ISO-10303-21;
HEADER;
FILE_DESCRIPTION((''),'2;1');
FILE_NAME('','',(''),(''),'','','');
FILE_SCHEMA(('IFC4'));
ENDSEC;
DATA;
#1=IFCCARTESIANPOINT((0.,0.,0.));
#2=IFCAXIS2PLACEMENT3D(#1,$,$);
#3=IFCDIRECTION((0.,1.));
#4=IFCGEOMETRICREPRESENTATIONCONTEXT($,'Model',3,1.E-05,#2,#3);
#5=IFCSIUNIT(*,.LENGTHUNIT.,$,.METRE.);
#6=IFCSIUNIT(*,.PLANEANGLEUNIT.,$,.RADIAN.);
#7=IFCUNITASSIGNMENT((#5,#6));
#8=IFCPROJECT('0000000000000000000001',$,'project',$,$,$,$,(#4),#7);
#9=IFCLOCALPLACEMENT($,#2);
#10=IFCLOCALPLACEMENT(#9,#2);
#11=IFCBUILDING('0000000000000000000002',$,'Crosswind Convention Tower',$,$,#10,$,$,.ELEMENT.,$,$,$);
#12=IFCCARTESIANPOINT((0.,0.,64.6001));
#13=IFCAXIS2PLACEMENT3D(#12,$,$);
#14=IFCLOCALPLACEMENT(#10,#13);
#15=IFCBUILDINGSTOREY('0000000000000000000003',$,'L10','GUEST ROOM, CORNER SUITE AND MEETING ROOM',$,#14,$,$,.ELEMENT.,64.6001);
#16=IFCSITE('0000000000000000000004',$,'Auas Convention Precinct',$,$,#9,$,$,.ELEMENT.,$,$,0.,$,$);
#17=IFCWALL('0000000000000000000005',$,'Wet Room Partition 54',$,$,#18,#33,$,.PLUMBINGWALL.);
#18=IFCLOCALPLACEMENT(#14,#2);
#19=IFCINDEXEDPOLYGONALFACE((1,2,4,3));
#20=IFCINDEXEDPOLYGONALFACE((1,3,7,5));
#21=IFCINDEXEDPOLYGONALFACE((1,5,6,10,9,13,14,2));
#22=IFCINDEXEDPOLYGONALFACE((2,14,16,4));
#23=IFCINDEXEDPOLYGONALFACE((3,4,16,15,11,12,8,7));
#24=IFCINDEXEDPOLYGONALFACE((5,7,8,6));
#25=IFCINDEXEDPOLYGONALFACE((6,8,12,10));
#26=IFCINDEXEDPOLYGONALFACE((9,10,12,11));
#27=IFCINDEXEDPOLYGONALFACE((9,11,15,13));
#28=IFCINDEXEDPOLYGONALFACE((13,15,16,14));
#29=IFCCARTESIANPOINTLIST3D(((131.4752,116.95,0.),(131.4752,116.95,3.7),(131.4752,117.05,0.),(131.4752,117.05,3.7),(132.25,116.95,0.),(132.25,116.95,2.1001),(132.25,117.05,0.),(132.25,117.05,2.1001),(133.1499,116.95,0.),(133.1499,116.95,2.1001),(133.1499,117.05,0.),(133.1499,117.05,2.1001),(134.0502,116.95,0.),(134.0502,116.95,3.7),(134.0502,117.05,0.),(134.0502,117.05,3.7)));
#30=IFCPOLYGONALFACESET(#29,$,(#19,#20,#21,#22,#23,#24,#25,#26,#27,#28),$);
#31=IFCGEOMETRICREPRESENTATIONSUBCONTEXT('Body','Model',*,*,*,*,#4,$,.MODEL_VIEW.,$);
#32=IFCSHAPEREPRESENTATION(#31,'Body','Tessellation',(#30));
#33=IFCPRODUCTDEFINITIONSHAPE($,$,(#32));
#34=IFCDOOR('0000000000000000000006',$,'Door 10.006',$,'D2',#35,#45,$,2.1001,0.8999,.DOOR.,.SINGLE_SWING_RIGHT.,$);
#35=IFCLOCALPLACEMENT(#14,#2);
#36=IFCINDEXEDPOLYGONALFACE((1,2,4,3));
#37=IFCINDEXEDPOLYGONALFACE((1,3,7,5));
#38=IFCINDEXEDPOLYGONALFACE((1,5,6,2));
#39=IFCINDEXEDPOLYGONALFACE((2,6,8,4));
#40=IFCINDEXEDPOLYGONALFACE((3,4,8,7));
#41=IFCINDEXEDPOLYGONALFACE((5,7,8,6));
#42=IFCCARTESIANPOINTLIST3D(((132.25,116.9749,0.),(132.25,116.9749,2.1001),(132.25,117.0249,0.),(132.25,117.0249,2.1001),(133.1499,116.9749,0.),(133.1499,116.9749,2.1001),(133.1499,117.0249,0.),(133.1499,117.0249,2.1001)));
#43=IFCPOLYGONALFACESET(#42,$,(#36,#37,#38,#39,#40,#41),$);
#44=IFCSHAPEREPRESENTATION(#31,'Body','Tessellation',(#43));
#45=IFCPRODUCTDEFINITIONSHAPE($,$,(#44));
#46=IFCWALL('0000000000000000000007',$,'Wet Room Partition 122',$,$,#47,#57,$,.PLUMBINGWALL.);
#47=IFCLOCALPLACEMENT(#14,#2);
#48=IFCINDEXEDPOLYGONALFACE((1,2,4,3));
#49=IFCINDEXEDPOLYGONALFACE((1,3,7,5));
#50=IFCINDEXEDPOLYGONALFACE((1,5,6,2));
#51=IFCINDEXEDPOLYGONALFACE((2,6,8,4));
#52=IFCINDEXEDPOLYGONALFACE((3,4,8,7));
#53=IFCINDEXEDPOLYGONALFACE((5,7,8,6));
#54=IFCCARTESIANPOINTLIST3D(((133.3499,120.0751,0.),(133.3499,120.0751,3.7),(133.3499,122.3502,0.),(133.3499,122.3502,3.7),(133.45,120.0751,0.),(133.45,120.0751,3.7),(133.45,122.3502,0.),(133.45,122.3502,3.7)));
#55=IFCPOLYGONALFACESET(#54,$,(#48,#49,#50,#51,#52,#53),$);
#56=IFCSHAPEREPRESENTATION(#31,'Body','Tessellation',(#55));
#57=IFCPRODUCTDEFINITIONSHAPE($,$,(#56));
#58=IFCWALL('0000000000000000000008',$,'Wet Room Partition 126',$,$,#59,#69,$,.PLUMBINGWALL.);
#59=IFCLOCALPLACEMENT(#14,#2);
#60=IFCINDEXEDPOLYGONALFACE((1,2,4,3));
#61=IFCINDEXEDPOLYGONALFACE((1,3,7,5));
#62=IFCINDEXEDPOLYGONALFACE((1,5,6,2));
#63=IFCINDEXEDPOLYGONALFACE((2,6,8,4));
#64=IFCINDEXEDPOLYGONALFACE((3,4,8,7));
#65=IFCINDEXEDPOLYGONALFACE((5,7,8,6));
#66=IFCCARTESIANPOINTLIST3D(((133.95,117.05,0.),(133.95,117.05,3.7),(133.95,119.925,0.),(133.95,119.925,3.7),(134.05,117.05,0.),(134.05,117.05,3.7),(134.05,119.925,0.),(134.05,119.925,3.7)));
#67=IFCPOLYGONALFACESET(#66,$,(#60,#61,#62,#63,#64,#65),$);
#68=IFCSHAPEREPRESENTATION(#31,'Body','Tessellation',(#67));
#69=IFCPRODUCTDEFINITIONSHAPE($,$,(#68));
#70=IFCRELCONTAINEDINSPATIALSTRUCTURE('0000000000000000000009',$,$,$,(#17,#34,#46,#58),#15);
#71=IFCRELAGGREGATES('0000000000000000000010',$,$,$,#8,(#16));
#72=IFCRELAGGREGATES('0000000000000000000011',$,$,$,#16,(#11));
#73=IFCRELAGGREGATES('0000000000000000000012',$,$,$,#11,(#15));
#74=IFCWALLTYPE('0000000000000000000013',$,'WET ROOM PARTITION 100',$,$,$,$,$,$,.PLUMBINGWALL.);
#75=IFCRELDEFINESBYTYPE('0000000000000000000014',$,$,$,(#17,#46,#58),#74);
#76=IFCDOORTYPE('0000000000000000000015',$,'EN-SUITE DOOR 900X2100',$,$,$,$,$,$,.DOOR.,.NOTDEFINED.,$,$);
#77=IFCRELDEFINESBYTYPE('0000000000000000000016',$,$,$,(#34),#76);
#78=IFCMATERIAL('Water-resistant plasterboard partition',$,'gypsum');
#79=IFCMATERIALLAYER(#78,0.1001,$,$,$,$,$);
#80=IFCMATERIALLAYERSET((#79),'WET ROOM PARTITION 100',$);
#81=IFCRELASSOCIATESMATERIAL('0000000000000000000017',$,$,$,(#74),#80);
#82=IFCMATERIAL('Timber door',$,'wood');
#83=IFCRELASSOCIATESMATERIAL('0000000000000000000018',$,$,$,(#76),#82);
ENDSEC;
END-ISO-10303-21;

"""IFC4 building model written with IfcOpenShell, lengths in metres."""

from ifc_helpers import new_model, si_unit, direction, frame, frame_2d, origin, place, context, subcontext, project, spatial, rectangle, extrude, material, layer, layer_set, type_object, element, fill, save


model = new_model("IFC4")

# Units and contexts
model_context = context("Model", 3, precision=1e-05, world=origin(), true_north=direction((0.0, 1.0)))
body_context = subcontext(model_context, "Body", "Model", "MODEL_VIEW")
ifc_project = project(units=[si_unit("LENGTHUNIT", "METRE"), si_unit("PLANEANGLEUNIT", "RADIAN")], contexts=[model_context])

# Site, building, storey
site_placement = place(None, origin())
site = spatial("IfcSite", under=ifc_project, at=site_placement, Name="Auas Convention Precinct", CompositionType="ELEMENT", RefElevation=0.0)
building_placement = place(site_placement, origin())
building = spatial("IfcBuilding", under=site, at=building_placement, Name="Crosswind Convention Tower", CompositionType="ELEMENT")
storey_placement = place(building_placement, frame((0.0, 0.0, 64.6001)))
storey = spatial("IfcBuildingStorey", under=building, at=storey_placement, Name="L10", Description="GUEST ROOM, CORNER SUITE AND MEETING ROOM", CompositionType="ELEMENT", Elevation=64.6001)

# Wall, opening, door
ifc_material_1 = material(Name="Water-resistant plasterboard partition", Category="gypsum")
ifc_layer_1 = layer(ifc_material_1, 0.1001)
ifc_layer_set_1 = layer_set([ifc_layer_1], Name="WET ROOM PARTITION 100")
wall_type_1 = type_object("IfcWallType", Name="WET ROOM PARTITION 100", PredefinedType="PLUMBINGWALL", material=ifc_layer_set_1)
wall_1_placement = place(storey_placement, frame((131.4751, 117.0, 0.0), z_axis=(0.0, 0.0, 1.0), x_axis=(1.0, 0.0, 0.0)))
wall_1 = element("IfcWall", 1, at=wall_1_placement, inside=storey, type_object=wall_type_1, Name="Wet Room Partition 54", PredefinedType="PLUMBINGWALL", context=body_context, shape_type="SweptSolid", body=[
    extrude(rectangle(XDim=2.575, YDim=0.1001, at=frame_2d((1.2876, 0.0))), origin(), (0.0, 0.0, 1.0), 3.7),
])
opening_1_placement = place(wall_1_placement, frame((0.7749, 0.0, 0.0)))
opening_1 = element("IfcOpeningElement", 2, at=opening_1_placement, cuts=wall_1, PredefinedType="OPENING", context=body_context, shape_type="SweptSolid", body=[
    extrude(rectangle(XDim=0.8999, YDim=2.1001, at=frame_2d((0.45, 1.05))), frame((0.0, 0.0601, 0.0), z_axis=(0.0, -1.0, 0.0), x_axis=(1.0, 0.0, 0.0)), (0.0, 0.0, 1.0), 0.1201),
])
ifc_material_2 = material(Name="Timber door", Category="wood")
door_type_1 = type_object("IfcDoorType", Name="EN-SUITE DOOR 900X2100", OperationType="NOTDEFINED", PredefinedType="DOOR", material=ifc_material_2)
door_1_placement = place(opening_1_placement, origin())
door_1 = element("IfcDoor", 3, at=door_1_placement, inside=storey, type_object=door_type_1, Name="Door 10.006", ObjectType="D2", OperationType="SINGLE_SWING_RIGHT", OverallHeight=2.1001, OverallWidth=0.8999, PredefinedType="DOOR", context=body_context, shape_type="SweptSolid", body=[
    extrude(rectangle(XDim=0.8999, YDim=2.1001, at=frame_2d((0.45, 1.05))), frame((0.0, 0.0249, 0.0), z_axis=(0.0, -1.0, 0.0), x_axis=(1.0, 0.0, 0.0)), (0.0, 0.0, 1.0), 0.05),
])
fill(opening_1, door_1)

# Walls
wall_2_placement = place(storey_placement, frame((133.3999, 120.075, 0.0), z_axis=(0.0, 0.0, 1.0), x_axis=(0.0, 1.0, 0.0)))
element("IfcWall", 4, at=wall_2_placement, inside=storey, type_object=wall_type_1, Name="Wet Room Partition 122", PredefinedType="PLUMBINGWALL", context=body_context, shape_type="SweptSolid", body=[
    extrude(rectangle(XDim=2.2751, YDim=0.1001, at=frame_2d((1.1377, 0.0))), origin(), (0.0, 0.0, 1.0), 3.7),
])
wall_3_placement = place(storey_placement, frame((134.0, 117.05, 0.0), z_axis=(0.0, 0.0, 1.0), x_axis=(0.0, 1.0, 0.0)))
element("IfcWall", 5, at=wall_3_placement, inside=storey, type_object=wall_type_1, Name="Wet Room Partition 126", PredefinedType="PLUMBINGWALL", context=body_context, shape_type="SweptSolid", body=[
    extrude(rectangle(XDim=2.875, YDim=0.1001, at=frame_2d((1.4375, 0.0))), origin(), (0.0, 0.0, 1.0), 3.7),
])

save(model, "model.ifc")
